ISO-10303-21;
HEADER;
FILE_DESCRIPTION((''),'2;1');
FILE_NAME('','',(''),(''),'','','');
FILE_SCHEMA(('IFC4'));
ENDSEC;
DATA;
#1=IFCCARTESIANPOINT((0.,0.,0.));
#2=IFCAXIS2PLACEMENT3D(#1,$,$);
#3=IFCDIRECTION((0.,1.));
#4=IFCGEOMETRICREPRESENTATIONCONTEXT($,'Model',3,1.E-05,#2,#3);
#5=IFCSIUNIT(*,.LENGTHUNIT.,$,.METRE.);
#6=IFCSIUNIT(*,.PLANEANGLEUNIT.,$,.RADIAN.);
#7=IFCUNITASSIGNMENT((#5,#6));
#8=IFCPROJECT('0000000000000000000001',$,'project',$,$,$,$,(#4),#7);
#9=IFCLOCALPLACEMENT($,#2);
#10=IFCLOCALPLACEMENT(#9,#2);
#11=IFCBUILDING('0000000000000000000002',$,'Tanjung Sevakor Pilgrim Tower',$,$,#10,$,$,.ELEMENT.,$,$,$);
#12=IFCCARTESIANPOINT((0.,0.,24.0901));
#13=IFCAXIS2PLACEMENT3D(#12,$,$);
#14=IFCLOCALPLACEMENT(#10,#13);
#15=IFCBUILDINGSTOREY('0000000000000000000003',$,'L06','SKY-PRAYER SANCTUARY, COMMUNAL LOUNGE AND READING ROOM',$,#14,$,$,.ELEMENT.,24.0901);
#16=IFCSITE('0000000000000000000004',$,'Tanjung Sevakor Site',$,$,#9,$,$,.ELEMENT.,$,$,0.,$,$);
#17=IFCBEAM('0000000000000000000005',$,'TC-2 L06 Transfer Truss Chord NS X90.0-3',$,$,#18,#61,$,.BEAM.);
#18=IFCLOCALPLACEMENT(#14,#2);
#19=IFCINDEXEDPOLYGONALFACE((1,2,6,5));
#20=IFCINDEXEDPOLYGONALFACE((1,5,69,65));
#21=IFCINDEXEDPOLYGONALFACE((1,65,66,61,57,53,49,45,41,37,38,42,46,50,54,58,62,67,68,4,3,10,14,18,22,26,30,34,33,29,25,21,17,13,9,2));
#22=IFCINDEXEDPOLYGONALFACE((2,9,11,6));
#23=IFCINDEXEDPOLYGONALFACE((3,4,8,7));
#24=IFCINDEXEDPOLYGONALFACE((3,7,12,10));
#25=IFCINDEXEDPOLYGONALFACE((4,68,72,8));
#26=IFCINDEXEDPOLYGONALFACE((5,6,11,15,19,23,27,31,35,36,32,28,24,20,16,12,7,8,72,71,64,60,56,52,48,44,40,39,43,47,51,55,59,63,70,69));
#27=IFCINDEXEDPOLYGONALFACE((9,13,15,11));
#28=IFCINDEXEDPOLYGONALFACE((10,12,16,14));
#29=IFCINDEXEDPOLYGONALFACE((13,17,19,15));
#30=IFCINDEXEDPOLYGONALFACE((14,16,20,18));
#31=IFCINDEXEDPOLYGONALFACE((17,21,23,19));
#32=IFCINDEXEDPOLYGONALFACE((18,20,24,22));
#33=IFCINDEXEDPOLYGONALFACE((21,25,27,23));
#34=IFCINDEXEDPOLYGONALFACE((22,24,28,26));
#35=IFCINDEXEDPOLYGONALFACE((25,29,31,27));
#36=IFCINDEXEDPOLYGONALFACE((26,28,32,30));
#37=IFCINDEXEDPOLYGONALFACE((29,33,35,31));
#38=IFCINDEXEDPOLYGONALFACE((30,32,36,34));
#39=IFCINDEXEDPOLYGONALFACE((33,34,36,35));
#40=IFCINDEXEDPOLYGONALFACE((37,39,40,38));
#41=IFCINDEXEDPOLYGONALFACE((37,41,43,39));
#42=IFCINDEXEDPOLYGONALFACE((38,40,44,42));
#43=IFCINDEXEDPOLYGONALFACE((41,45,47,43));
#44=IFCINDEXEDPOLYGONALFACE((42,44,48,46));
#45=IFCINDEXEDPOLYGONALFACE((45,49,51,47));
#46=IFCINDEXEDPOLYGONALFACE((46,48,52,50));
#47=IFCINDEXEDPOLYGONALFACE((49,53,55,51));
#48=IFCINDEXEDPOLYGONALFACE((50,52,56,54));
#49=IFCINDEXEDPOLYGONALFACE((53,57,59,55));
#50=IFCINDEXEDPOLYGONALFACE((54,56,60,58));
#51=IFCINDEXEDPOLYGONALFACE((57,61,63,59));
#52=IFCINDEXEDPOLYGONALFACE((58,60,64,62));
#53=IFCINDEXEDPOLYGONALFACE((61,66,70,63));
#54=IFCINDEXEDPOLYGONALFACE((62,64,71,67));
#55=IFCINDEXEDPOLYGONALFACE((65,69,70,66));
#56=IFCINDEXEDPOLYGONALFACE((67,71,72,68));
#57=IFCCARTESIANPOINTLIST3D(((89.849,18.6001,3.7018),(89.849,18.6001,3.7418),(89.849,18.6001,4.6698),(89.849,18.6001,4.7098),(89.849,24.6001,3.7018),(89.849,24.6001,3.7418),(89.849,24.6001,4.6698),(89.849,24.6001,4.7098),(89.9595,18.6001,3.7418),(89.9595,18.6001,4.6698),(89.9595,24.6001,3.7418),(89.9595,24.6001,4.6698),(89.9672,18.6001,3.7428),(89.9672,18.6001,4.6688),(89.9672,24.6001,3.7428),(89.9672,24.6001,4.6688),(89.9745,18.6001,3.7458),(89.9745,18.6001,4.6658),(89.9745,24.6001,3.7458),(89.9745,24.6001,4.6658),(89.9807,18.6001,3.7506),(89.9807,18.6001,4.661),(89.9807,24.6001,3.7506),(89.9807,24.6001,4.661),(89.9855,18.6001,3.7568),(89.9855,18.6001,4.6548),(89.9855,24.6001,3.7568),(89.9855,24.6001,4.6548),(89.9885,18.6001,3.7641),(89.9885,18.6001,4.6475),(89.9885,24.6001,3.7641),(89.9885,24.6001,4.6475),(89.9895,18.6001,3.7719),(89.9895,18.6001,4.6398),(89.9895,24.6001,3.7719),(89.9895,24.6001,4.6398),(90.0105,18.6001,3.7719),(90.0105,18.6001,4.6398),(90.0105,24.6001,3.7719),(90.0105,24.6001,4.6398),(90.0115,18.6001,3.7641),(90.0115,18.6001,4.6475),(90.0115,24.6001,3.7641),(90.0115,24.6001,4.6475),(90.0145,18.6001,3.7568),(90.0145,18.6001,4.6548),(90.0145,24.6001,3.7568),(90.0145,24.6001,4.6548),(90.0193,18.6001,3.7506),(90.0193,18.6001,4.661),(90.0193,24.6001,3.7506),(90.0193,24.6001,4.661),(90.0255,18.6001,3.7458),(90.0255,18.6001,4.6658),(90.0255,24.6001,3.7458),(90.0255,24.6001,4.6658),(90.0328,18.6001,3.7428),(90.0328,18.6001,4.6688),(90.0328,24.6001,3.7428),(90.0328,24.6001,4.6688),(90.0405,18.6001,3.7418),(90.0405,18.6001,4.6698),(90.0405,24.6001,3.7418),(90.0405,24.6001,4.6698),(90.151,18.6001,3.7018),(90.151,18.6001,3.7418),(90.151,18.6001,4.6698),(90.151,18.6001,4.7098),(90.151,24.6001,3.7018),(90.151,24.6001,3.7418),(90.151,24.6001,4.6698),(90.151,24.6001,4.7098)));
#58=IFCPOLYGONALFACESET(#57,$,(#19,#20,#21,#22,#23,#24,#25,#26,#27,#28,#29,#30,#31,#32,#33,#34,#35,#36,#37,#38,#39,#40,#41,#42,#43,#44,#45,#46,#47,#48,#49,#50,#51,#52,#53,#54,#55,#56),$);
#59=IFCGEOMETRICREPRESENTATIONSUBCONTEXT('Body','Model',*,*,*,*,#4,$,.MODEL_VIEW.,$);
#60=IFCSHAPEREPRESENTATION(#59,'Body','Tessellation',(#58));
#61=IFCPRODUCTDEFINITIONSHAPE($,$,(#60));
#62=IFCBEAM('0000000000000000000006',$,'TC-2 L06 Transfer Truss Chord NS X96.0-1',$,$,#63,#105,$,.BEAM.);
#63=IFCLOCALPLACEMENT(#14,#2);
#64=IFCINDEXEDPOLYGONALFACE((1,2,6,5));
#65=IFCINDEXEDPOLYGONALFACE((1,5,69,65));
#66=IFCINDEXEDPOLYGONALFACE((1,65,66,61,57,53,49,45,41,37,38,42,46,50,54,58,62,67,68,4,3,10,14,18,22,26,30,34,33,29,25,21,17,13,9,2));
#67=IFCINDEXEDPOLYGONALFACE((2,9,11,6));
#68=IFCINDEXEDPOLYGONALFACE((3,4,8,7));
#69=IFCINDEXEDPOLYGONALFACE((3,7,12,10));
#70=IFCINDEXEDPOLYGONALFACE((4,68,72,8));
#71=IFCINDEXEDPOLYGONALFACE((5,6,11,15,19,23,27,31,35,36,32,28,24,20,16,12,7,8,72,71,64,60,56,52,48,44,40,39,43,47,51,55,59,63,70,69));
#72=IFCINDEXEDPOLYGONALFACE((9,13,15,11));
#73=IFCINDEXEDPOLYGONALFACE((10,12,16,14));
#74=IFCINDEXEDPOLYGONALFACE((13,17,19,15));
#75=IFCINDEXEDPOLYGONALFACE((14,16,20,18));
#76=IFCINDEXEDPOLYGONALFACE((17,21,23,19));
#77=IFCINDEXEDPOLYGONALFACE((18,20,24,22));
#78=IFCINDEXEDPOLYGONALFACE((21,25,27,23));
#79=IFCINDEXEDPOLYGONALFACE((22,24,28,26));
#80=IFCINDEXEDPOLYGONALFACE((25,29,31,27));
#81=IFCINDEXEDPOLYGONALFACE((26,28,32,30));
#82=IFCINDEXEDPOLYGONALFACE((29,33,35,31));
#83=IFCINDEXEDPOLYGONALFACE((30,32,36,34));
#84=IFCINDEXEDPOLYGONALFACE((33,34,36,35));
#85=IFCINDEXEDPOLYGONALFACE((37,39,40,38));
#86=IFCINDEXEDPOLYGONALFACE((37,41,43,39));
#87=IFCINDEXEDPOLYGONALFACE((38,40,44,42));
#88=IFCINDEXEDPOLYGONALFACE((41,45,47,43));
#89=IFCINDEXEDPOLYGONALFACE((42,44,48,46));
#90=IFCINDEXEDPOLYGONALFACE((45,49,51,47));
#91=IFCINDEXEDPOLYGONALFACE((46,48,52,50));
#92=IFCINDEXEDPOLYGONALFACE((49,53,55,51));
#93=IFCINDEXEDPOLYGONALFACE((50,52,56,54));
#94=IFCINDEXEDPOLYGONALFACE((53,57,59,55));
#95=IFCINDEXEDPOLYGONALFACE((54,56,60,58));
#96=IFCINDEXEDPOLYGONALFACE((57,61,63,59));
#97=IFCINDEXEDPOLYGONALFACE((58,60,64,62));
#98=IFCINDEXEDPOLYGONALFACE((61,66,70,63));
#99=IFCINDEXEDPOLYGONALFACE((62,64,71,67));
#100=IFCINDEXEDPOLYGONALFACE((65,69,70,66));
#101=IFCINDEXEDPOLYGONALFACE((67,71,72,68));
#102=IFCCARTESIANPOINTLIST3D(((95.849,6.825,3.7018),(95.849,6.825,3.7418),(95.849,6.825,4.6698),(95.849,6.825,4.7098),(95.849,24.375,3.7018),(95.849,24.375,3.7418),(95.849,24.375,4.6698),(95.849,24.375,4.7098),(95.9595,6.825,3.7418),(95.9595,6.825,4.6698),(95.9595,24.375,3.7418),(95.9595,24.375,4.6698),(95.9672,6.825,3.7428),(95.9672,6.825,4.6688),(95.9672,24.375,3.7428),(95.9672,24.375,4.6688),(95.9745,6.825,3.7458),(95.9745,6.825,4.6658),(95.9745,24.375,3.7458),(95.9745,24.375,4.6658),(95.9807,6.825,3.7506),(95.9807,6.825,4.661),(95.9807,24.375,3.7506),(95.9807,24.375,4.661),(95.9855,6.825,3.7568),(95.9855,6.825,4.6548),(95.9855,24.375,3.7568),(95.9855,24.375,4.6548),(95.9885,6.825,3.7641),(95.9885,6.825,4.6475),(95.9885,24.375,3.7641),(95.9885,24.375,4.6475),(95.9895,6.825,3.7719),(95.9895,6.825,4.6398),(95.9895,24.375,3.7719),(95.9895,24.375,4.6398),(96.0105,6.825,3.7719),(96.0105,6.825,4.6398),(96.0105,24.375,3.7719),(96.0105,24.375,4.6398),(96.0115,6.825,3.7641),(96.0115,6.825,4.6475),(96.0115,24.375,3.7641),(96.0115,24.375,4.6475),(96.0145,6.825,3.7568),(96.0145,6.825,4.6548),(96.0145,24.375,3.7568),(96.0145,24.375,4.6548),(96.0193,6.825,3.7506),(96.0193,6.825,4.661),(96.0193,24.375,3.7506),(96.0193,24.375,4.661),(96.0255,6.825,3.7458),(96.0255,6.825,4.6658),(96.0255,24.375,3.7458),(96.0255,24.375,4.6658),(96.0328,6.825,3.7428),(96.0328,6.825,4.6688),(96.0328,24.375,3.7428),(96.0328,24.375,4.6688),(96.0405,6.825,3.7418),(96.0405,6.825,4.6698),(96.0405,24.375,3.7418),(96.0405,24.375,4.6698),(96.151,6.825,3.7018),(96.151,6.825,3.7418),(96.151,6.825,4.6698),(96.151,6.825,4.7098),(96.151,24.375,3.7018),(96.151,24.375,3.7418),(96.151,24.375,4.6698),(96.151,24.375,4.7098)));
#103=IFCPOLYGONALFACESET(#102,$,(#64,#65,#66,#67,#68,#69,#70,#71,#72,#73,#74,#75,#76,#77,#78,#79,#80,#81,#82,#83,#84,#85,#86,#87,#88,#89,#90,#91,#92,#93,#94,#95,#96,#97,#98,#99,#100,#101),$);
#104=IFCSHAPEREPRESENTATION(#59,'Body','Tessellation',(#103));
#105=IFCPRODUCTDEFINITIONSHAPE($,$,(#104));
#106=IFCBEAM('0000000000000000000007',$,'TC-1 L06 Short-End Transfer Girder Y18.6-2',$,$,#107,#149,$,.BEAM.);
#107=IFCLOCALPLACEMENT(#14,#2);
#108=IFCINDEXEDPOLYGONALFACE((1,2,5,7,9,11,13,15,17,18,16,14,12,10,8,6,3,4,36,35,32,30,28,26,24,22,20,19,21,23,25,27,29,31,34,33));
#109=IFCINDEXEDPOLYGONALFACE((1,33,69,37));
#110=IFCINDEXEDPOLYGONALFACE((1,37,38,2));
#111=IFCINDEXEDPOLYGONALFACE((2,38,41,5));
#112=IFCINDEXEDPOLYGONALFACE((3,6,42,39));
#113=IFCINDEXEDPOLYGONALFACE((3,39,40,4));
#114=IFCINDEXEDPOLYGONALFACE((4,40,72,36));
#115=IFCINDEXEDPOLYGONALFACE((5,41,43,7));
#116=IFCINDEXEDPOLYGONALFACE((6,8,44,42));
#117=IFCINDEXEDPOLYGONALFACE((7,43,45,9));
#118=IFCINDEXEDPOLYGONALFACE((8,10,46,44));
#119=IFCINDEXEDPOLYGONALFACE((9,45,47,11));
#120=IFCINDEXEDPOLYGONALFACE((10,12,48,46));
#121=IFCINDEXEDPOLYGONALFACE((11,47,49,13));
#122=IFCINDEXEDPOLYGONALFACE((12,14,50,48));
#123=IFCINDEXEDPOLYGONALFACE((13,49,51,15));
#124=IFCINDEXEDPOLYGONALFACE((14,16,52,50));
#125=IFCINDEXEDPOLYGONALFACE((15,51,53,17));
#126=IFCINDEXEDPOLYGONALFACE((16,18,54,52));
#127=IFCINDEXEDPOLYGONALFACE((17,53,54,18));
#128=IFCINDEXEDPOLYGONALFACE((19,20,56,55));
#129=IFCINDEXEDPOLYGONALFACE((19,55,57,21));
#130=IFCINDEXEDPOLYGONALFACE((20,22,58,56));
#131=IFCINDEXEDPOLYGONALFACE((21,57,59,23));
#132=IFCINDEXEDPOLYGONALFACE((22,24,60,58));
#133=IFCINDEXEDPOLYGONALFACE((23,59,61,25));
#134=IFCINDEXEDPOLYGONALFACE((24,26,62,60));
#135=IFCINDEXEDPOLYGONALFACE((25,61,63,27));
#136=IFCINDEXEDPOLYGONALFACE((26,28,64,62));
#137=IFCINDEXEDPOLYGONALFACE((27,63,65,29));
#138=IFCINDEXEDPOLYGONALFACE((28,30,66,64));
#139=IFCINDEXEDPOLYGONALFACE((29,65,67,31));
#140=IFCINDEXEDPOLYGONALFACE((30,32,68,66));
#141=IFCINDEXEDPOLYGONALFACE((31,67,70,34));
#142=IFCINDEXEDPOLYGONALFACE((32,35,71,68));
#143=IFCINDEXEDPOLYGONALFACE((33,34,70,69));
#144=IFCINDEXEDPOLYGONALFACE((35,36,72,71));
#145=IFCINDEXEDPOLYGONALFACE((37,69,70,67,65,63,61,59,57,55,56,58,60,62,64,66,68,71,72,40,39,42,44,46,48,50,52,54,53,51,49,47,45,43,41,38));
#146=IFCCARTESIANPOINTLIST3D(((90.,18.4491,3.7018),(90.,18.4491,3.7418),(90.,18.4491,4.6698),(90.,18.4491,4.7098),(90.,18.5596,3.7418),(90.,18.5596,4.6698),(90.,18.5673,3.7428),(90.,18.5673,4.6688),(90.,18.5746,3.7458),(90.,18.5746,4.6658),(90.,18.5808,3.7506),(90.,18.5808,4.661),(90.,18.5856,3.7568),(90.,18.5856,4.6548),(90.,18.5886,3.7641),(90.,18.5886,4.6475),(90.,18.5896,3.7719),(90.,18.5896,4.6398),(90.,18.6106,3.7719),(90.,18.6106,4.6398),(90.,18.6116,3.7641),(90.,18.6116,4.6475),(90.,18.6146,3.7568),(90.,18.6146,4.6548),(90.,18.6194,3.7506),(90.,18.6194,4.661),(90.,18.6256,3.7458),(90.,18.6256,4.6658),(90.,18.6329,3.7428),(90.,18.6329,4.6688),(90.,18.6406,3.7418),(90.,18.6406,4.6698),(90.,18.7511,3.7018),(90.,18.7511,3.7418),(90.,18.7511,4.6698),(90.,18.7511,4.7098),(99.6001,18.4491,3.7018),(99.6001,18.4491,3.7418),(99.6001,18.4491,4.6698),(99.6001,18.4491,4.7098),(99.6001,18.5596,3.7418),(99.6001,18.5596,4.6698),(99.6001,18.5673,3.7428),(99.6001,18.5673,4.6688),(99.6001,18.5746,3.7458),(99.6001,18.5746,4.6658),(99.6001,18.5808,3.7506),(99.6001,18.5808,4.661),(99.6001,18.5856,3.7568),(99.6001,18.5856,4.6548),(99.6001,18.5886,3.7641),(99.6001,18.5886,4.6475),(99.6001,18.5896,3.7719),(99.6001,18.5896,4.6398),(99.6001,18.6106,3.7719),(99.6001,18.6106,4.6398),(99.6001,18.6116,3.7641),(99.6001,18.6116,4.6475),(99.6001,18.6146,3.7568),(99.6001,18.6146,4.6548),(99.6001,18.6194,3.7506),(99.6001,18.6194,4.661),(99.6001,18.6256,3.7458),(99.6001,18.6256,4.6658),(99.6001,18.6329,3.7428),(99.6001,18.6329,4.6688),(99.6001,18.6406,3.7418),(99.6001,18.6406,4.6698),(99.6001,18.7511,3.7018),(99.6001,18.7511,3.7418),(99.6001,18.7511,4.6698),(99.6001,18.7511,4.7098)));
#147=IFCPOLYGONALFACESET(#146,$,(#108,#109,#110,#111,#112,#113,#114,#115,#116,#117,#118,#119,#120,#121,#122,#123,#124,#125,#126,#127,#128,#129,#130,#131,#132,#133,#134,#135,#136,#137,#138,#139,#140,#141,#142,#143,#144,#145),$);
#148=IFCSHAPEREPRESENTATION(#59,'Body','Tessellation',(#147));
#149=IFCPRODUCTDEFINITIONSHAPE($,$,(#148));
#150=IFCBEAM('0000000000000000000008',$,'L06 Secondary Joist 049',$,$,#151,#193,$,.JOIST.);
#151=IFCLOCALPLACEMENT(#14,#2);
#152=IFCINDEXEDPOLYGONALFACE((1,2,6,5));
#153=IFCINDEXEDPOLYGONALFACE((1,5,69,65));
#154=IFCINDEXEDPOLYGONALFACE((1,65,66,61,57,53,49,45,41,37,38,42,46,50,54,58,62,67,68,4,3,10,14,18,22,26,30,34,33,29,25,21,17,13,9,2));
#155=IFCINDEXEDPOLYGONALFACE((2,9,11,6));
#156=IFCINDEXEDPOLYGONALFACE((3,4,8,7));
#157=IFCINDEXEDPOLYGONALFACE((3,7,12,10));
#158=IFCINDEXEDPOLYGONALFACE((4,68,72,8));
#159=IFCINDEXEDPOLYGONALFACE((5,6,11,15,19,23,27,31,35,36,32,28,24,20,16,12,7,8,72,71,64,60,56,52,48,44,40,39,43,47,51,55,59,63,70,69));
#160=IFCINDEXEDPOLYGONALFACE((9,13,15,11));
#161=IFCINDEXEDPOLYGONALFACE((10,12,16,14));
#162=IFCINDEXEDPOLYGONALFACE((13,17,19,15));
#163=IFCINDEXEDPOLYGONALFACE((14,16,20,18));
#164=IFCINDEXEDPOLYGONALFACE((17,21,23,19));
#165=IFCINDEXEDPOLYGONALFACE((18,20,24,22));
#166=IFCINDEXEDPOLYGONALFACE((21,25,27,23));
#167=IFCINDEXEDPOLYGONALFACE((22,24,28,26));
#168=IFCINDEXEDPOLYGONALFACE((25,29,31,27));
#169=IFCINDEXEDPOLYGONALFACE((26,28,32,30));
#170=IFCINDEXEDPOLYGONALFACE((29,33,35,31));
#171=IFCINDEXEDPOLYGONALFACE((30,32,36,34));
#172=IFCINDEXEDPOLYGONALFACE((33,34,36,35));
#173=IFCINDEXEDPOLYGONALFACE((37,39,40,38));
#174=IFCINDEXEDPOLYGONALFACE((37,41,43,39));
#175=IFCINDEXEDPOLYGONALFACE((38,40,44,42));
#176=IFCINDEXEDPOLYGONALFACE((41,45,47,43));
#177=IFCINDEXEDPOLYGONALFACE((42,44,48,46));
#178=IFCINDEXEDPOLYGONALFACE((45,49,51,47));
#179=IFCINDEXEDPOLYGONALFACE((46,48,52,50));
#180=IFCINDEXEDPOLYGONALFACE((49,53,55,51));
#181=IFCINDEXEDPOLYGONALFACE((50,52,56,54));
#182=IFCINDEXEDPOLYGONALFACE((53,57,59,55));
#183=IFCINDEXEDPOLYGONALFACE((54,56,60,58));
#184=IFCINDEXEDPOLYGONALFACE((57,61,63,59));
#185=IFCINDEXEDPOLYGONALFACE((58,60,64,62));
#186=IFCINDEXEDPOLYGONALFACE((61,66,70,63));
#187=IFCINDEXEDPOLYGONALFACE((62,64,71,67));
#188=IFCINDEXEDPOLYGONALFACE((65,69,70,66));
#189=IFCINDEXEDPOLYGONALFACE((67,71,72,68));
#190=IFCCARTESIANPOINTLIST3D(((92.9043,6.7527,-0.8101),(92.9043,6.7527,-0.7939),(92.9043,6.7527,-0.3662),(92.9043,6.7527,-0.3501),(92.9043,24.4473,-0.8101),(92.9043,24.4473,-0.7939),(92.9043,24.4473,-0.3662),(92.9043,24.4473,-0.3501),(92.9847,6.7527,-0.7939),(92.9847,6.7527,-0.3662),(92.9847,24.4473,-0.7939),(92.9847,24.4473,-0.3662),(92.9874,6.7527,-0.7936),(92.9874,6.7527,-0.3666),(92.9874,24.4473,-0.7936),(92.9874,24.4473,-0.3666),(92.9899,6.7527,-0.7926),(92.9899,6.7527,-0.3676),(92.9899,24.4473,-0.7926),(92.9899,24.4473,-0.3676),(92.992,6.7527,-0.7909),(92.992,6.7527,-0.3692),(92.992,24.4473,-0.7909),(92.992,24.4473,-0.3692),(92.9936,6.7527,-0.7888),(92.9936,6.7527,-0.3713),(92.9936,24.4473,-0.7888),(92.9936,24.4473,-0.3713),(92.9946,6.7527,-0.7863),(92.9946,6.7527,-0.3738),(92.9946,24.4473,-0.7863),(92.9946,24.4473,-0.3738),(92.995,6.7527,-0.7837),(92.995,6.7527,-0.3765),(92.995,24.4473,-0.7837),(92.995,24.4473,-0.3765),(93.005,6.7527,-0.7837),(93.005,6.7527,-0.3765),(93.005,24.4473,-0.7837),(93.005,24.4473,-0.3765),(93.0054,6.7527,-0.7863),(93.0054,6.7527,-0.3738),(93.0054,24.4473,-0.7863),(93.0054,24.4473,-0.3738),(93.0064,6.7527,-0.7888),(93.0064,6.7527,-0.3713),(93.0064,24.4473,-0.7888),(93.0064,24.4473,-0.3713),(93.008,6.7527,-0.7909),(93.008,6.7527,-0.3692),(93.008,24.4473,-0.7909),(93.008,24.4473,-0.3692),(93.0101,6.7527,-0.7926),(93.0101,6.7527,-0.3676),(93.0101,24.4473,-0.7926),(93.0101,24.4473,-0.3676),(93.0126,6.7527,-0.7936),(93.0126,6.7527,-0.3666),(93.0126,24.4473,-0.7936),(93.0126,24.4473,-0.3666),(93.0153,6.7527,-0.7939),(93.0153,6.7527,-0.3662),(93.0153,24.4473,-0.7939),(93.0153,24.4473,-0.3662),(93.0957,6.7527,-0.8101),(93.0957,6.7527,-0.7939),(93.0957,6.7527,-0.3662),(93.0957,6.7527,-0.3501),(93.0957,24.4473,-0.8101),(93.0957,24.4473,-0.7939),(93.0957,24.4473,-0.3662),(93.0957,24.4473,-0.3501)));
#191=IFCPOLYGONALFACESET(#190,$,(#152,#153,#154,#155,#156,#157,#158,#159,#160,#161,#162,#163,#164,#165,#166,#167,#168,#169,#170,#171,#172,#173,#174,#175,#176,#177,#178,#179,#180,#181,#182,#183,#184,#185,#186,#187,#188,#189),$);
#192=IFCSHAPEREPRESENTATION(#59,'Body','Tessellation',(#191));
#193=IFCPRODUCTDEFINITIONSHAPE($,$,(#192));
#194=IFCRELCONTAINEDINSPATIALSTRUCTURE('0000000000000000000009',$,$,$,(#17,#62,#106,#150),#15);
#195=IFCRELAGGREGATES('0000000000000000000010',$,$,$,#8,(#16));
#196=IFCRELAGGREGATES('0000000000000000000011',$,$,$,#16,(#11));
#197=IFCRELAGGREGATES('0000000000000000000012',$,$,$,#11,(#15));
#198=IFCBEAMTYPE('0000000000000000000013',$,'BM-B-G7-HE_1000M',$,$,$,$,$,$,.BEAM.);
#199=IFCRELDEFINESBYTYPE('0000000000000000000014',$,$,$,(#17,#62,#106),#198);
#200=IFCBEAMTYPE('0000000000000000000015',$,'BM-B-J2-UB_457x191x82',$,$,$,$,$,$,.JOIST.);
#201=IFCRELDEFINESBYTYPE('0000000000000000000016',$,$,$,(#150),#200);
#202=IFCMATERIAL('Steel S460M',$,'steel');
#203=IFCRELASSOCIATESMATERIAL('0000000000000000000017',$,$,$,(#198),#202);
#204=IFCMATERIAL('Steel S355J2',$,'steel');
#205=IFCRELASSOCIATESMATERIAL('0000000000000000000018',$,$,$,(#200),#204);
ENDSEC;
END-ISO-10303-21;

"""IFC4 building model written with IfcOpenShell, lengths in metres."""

from ifc_helpers import new_model, si_unit, direction, frame, origin, origin_2d, place, context, subcontext, project, spatial, i_section, extrude, material, material_profile, profile_set, type_object, element, save


model = new_model("IFC4")

# Units and contexts
model_context = context("Model", 3, precision=1e-05, world=origin(), true_north=direction((0.0, 1.0)))
body_context = subcontext(model_context, "Body", "Model", "MODEL_VIEW")
ifc_project = project(units=[si_unit("LENGTHUNIT", "METRE"), si_unit("PLANEANGLEUNIT", "RADIAN")], contexts=[model_context])

# Site, building, storey
site_placement = place(None, origin())
site = spatial("IfcSite", under=ifc_project, at=site_placement, Name="Tanjung Sevakor Site", CompositionType="ELEMENT", RefElevation=0.0)
building_placement = place(site_placement, origin())
building = spatial("IfcBuilding", under=site, at=building_placement, Name="Tanjung Sevakor Pilgrim Tower", CompositionType="ELEMENT")
storey_placement = place(building_placement, frame((0.0, 0.0, 24.0901)))
storey = spatial("IfcBuildingStorey", under=building, at=storey_placement, Name="L06", Description="SKY-PRAYER SANCTUARY, COMMUNAL LOUNGE AND READING ROOM", CompositionType="ELEMENT", Elevation=24.0901)

# Beams
ifc_material_1 = material(Name="Steel S460M", Category="steel")
ifc_material_profile_1 = material_profile(ifc_material_1, i_section(OverallWidth=0.302, OverallDepth=1.0081, WebThickness=0.021, FlangeThickness=0.04, FilletRadius=0.03, at=origin_2d()))
ifc_profile_set_1 = profile_set([ifc_material_profile_1], Name="Steel S460M")
beam_type_1 = type_object("IfcBeamType", Name="BM-B-G7-HE_1000M", PredefinedType="BEAM", material=ifc_profile_set_1)
beam_1_placement = place(storey_placement, frame((90.0, 18.6001, 4.2058), z_axis=(0.0, 1.0, 0.0), x_axis=(-1.0, 0.0, 0.0)))
element("IfcBeam", 1, at=beam_1_placement, inside=storey, type_object=beam_type_1, Name="TC-2 L06 Transfer Truss Chord NS X90.0-3", PredefinedType="BEAM", context=body_context, shape_type="SweptSolid", body=[
    extrude(i_section(OverallWidth=0.302, OverallDepth=1.0081, WebThickness=0.021, FlangeThickness=0.04, FilletRadius=0.03, at=origin_2d()), origin(), (0.0, 0.0, 1.0), 6.0),
])
beam_2_placement = place(storey_placement, frame((96.0, 6.825, 4.2058), z_axis=(0.0, 1.0, 0.0), x_axis=(-1.0, 0.0, 0.0)))
element("IfcBeam", 2, at=beam_2_placement, inside=storey, type_object=beam_type_1, Name="TC-2 L06 Transfer Truss Chord NS X96.0-1", PredefinedType="BEAM", context=body_context, shape_type="SweptSolid", body=[
    extrude(i_section(OverallWidth=0.302, OverallDepth=1.0081, WebThickness=0.021, FlangeThickness=0.04, FilletRadius=0.03, at=origin_2d()), origin(), (0.0, 0.0, 1.0), 17.55),
])
beam_3_placement = place(storey_placement, frame((90.0, 18.6001, 4.2058), z_axis=(1.0, 0.0, 0.0), x_axis=(0.0, 1.0, 0.0)))
element("IfcBeam", 3, at=beam_3_placement, inside=storey, type_object=beam_type_1, Name="TC-1 L06 Short-End Transfer Girder Y18.6-2", PredefinedType="BEAM", context=body_context, shape_type="SweptSolid", body=[
    extrude(i_section(OverallWidth=0.302, OverallDepth=1.0081, WebThickness=0.021, FlangeThickness=0.04, FilletRadius=0.03, at=origin_2d()), origin(), (0.0, 0.0, 1.0), 9.6001),
])
ifc_material_2 = material(Name="Steel S355J2", Category="steel")
ifc_material_profile_2 = material_profile(ifc_material_2, i_section(OverallWidth=0.1914, OverallDepth=0.46, WebThickness=0.01, FlangeThickness=0.0161, FilletRadius=0.0103, at=origin_2d()))
ifc_profile_set_2 = profile_set([ifc_material_profile_2], Name="Steel S355J2")
beam_type_2 = type_object("IfcBeamType", Name="BM-B-J2-UB_457x191x82", PredefinedType="JOIST", material=ifc_profile_set_2)
for number, where, z_axis, x_axis, name in (
    (4, (93.0, 6.7527, -0.5801), (0.0, 1.0, 0.0), (-1.0, 0.0, 0.0), "L06 Secondary Joist 049"),
):
    element("IfcBeam", number, at=place(storey_placement, frame(where, z_axis=z_axis, x_axis=x_axis)), inside=storey, type_object=beam_type_2, Name=name, PredefinedType="JOIST", context=body_context, shape_type="SweptSolid", body=[
        extrude(i_section(OverallWidth=0.1914, OverallDepth=0.46, WebThickness=0.01, FlangeThickness=0.0161, FilletRadius=0.0103, at=origin_2d()), origin(), (0.0, 0.0, 1.0), 17.6946),
    ])

save(model, "model.ifc")
